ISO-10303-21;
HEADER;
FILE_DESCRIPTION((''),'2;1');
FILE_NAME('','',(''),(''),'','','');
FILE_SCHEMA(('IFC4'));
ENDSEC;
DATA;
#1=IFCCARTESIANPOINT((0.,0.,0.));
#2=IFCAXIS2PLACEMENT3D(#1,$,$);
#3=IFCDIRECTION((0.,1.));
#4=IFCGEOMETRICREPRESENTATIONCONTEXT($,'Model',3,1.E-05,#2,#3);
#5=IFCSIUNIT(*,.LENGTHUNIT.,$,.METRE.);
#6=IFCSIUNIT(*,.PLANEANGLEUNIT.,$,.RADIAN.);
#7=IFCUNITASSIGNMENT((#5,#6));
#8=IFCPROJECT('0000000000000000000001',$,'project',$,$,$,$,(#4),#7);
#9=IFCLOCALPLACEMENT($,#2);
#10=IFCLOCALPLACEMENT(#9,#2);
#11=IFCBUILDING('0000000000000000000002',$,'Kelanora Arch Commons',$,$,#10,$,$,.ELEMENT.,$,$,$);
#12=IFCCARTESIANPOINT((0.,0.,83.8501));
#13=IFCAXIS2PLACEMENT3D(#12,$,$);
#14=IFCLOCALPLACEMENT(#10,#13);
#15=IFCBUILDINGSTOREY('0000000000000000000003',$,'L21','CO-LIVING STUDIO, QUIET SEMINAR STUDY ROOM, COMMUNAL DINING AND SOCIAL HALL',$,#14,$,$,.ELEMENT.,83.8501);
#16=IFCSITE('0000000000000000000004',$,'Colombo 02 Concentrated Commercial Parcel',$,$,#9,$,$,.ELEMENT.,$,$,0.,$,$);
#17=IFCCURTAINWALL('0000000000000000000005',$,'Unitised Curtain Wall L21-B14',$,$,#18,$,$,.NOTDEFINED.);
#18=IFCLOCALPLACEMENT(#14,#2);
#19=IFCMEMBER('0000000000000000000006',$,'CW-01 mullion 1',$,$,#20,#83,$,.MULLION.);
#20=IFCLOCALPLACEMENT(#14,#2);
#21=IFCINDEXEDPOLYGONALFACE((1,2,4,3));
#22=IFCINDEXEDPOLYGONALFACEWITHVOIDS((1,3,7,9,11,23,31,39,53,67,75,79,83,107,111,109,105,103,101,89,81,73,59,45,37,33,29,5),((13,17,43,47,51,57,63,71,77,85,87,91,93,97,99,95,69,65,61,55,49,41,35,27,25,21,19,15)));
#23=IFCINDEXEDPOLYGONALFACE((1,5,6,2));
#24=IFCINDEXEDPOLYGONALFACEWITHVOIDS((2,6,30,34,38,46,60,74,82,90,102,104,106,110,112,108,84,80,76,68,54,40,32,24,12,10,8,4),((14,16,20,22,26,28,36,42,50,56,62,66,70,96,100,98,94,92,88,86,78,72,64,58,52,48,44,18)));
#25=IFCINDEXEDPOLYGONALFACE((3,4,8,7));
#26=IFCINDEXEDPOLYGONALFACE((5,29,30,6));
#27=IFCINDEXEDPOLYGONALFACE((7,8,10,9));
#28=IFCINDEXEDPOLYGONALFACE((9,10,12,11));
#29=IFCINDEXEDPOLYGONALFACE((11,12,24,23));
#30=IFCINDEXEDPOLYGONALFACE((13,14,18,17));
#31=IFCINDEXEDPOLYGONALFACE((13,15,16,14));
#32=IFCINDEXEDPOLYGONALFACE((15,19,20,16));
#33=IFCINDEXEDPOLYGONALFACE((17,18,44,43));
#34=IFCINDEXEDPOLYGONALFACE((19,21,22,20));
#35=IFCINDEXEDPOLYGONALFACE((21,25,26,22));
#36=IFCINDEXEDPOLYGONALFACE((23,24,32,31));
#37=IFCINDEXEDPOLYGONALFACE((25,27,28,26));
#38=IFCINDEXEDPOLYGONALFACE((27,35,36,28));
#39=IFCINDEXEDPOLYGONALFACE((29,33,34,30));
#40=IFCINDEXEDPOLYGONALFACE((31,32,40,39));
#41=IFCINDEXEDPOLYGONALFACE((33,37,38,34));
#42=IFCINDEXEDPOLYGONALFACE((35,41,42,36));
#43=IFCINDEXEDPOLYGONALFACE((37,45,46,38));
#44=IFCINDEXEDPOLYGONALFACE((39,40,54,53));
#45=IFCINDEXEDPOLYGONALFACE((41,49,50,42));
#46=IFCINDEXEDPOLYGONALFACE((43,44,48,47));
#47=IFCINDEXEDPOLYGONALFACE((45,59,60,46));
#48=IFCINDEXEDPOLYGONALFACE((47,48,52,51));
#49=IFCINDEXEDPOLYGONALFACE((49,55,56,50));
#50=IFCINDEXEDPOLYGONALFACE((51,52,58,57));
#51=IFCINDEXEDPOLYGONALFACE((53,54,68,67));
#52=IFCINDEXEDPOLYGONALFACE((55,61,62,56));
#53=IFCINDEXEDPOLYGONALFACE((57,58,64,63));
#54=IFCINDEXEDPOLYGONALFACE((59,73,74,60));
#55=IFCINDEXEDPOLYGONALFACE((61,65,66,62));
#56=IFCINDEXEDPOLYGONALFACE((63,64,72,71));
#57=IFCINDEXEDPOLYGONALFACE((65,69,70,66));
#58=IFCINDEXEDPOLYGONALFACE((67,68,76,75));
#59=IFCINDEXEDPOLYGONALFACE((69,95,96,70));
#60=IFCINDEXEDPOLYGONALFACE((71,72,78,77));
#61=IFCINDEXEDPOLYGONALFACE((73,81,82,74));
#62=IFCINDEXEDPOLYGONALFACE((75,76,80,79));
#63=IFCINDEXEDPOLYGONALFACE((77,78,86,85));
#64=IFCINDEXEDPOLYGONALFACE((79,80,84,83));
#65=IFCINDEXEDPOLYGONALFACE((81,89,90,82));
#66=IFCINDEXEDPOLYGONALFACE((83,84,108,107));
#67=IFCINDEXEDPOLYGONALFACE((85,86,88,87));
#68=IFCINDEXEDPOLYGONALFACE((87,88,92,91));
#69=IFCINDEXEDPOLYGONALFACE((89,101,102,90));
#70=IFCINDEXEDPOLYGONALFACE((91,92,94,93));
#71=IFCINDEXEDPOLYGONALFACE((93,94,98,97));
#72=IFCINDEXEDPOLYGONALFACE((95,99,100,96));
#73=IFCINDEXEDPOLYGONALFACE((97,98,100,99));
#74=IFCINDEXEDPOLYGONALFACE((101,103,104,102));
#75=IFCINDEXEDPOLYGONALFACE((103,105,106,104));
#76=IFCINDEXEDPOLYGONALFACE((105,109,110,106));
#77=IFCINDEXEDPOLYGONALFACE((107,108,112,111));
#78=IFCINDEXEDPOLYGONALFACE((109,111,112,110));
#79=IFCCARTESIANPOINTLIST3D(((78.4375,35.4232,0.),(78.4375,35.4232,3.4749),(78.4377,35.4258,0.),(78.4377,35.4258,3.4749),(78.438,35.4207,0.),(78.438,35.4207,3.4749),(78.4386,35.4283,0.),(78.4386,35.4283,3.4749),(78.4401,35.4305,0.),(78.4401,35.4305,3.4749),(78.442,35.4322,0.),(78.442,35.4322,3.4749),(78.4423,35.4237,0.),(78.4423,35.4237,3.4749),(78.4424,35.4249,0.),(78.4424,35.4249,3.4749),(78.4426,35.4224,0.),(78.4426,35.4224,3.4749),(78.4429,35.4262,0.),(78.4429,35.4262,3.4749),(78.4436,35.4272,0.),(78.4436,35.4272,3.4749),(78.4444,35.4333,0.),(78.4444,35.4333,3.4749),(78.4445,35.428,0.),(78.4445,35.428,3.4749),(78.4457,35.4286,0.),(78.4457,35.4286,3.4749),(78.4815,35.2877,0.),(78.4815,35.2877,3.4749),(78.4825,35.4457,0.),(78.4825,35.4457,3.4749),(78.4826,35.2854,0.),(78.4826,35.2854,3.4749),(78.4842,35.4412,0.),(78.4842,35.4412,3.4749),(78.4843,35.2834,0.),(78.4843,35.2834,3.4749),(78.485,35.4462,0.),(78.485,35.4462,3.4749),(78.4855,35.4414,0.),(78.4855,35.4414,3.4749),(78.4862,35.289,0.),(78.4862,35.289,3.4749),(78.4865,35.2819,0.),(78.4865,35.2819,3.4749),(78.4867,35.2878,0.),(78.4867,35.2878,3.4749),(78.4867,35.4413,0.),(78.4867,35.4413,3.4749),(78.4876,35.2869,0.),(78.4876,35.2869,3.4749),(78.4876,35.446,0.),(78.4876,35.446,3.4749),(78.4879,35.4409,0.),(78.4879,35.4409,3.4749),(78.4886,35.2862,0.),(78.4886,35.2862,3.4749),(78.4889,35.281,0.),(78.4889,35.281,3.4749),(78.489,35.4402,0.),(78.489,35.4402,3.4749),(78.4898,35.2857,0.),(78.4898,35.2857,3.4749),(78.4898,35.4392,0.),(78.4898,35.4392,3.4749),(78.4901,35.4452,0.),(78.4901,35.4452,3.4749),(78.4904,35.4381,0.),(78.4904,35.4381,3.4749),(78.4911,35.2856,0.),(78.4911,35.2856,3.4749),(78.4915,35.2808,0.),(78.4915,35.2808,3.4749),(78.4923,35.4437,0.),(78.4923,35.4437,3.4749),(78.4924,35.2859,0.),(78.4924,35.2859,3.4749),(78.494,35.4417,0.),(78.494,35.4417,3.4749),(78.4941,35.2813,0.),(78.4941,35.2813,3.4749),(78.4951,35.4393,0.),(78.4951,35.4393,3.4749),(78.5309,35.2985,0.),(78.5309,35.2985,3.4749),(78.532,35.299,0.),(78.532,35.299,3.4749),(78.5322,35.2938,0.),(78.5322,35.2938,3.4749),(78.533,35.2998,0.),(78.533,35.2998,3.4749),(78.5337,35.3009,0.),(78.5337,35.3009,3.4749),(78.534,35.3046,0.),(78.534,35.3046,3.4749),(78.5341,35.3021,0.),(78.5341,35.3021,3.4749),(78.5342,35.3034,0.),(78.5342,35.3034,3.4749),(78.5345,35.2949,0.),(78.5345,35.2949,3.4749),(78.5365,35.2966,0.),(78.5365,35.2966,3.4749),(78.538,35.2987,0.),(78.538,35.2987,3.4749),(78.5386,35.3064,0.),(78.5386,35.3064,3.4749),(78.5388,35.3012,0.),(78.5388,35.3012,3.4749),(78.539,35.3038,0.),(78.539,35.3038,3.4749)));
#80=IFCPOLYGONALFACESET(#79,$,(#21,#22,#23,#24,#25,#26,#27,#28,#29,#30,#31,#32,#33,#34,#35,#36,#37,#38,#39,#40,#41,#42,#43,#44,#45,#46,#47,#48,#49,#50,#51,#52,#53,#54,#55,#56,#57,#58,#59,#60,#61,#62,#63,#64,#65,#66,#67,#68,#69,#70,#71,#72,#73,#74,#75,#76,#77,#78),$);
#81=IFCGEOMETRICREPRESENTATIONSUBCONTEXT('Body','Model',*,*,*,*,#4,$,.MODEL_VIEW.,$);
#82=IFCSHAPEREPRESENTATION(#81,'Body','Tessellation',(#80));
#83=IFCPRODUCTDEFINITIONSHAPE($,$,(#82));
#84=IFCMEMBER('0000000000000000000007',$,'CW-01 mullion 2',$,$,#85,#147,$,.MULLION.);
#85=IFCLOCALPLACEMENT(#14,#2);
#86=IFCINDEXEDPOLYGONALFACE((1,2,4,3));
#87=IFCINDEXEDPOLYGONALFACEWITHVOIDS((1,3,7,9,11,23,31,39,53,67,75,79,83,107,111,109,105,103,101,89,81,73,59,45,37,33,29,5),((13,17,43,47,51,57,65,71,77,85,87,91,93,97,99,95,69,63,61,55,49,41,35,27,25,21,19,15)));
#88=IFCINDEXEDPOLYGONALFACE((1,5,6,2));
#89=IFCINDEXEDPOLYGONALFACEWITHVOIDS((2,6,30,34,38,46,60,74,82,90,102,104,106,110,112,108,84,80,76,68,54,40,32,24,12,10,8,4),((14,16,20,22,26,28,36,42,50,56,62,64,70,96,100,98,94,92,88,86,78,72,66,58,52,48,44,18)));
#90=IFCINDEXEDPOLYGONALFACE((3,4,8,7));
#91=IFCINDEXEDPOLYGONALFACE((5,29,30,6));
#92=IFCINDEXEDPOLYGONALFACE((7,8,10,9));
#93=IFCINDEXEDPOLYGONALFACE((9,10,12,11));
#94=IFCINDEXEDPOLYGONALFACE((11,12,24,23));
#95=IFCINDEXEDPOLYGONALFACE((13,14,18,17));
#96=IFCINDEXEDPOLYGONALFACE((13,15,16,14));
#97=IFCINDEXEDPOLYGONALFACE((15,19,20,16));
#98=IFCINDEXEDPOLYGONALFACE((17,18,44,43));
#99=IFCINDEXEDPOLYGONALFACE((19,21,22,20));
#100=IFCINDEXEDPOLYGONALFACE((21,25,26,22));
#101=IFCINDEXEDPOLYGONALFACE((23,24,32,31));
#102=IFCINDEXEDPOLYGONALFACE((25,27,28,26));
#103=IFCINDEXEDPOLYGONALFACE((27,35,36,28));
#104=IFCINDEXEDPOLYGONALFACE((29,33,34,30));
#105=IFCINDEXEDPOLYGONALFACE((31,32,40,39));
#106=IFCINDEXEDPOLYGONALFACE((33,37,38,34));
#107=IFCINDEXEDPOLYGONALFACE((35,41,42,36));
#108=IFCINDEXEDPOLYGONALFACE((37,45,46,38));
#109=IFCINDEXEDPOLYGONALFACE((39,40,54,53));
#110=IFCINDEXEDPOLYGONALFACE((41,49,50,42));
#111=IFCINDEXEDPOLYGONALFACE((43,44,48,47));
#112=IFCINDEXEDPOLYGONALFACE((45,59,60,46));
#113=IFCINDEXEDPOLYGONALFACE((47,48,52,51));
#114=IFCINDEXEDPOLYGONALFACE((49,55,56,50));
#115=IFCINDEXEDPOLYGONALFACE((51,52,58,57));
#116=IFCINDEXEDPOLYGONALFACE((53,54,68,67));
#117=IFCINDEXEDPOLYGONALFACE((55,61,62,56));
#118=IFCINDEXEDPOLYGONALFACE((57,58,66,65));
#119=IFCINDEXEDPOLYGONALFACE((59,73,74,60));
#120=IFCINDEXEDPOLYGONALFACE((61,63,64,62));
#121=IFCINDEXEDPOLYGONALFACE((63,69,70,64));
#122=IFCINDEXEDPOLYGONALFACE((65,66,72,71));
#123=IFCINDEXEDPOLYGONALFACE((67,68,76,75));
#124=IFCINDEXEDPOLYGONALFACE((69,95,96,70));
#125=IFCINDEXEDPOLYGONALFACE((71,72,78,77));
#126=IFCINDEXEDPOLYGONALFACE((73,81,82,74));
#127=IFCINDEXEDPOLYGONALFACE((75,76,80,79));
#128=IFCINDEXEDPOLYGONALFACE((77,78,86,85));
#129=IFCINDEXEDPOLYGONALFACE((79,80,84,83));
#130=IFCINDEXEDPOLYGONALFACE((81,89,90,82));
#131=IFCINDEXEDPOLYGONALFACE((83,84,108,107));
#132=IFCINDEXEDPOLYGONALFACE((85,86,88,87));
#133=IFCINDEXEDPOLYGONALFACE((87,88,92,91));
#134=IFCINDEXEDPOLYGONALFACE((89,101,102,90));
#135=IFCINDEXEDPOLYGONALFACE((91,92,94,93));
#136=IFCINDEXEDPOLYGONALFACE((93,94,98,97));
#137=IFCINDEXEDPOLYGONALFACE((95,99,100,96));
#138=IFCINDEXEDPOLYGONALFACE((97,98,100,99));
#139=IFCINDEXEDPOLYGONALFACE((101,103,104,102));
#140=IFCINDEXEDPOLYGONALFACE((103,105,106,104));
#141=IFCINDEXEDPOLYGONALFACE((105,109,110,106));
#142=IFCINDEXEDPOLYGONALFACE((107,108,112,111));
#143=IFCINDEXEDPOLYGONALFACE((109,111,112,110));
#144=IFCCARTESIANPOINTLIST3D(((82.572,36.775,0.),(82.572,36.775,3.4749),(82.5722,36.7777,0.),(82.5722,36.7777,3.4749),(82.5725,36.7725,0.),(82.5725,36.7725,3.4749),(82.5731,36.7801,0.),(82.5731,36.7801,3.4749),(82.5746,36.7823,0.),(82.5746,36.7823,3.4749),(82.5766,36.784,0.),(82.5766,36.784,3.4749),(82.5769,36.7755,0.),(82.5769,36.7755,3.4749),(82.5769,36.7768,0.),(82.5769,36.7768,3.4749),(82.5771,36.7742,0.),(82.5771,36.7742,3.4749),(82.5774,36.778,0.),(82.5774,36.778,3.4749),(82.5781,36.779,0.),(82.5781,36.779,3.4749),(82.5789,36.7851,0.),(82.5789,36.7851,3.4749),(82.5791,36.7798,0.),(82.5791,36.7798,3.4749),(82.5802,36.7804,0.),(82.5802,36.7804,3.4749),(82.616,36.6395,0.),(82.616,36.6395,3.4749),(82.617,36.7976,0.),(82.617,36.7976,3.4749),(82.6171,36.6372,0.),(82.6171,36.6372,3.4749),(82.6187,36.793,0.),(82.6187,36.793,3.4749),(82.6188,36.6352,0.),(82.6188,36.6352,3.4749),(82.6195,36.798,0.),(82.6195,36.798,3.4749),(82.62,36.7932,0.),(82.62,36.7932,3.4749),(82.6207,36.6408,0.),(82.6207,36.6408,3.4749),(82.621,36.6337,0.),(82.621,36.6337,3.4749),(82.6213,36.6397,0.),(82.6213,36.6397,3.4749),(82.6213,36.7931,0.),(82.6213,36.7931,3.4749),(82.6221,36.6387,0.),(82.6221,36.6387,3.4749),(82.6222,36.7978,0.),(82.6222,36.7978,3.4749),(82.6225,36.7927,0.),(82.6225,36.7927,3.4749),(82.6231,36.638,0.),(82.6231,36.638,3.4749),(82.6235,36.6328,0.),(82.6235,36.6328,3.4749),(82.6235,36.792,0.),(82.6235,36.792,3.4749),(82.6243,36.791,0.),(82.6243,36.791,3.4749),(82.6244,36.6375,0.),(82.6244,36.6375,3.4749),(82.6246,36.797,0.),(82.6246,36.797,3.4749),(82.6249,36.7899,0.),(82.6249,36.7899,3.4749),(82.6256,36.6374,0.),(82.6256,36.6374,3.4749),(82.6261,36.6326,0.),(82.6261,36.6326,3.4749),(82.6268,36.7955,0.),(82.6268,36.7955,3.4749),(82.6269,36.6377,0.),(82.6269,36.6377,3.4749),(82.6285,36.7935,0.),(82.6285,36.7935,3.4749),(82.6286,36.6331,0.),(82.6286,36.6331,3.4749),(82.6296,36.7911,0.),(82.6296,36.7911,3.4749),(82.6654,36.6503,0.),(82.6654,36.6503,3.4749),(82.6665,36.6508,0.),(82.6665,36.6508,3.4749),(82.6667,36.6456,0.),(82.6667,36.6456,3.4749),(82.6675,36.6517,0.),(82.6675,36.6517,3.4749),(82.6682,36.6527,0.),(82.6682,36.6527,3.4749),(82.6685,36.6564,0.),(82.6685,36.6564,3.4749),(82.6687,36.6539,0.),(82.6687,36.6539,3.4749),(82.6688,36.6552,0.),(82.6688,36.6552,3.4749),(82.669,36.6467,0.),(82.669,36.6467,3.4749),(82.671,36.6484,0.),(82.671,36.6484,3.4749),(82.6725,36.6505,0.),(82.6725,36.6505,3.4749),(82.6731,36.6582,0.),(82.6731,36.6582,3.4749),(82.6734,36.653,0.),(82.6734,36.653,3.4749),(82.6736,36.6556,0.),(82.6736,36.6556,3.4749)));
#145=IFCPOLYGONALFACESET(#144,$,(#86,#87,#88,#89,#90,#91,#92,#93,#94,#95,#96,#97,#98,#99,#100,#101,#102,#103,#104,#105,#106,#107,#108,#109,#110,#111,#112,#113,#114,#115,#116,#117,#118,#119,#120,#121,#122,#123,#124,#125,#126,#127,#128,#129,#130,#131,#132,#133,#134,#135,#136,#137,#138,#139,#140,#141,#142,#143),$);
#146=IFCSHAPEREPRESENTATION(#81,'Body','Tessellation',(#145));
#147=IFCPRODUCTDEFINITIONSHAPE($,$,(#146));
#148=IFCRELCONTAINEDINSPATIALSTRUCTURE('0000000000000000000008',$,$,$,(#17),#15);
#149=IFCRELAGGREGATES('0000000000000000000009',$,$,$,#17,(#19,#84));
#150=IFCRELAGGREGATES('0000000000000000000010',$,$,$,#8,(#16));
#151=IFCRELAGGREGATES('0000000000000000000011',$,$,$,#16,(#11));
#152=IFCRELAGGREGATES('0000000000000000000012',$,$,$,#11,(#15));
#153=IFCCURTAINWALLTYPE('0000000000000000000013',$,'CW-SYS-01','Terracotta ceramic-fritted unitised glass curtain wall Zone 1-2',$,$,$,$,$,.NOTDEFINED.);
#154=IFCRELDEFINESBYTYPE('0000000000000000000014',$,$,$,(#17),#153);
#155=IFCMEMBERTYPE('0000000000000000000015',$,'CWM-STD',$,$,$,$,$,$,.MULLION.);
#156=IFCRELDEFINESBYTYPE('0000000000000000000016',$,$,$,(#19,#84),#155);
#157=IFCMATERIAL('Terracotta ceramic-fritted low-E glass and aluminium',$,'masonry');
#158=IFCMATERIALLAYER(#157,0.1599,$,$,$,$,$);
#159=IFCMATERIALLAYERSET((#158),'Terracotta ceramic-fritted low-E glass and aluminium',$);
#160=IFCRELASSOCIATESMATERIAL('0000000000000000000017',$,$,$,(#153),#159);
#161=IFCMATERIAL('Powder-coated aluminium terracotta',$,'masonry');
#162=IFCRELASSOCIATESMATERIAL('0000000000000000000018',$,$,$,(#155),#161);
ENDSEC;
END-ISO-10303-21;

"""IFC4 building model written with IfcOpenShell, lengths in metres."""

from ifc_helpers import new_model, si_unit, direction, frame, origin, origin_2d, place, context, subcontext, project, spatial, hollow_rectangle, extrude, material, layer, layer_set, material_profile, profile_set, type_object, element, aggregate, save


model = new_model("IFC4")

# Units and contexts
model_context = context("Model", 3, precision=1e-05, world=origin(), true_north=direction((0.0, 1.0)))
body_context = subcontext(model_context, "Body", "Model", "MODEL_VIEW")
ifc_project = project(units=[si_unit("LENGTHUNIT", "METRE"), si_unit("PLANEANGLEUNIT", "RADIAN")], contexts=[model_context])

# Site, building, storey
site_placement = place(None, origin())
site = spatial("IfcSite", under=ifc_project, at=site_placement, Name="Colombo 02 Concentrated Commercial Parcel", CompositionType="ELEMENT", RefElevation=0.0)
building_placement = place(site_placement, origin())
building = spatial("IfcBuilding", under=site, at=building_placement, Name="Kelanora Arch Commons", CompositionType="ELEMENT")
storey_placement = place(building_placement, frame((0.0, 0.0, 83.8501)))
storey = spatial("IfcBuildingStorey", under=building, at=storey_placement, Name="L21", Description="CO-LIVING STUDIO, QUIET SEMINAR STUDY ROOM, COMMUNAL DINING AND SOCIAL HALL", CompositionType="ELEMENT", Elevation=83.8501)

# Curtain wall, members
ifc_material_1 = material(Name="Terracotta ceramic-fritted low-E glass and aluminium", Category="masonry")
ifc_layer_1 = layer(ifc_material_1, 0.1599)
ifc_layer_set_1 = layer_set([ifc_layer_1], Name="Terracotta ceramic-fritted low-E glass and aluminium")
curtain_wall_type = type_object("IfcCurtainWallType", Name="CW-SYS-01", Description="Terracotta ceramic-fritted unitised glass curtain wall Zone 1-2", PredefinedType="NOTDEFINED", material=ifc_layer_set_1)
curtain_wall_placement = place(storey_placement, origin())
curtain_wall = element("IfcCurtainWall", 1, at=curtain_wall_placement, inside=storey, type_object=curtain_wall_type, Name="Unitised Curtain Wall L21-B14", PredefinedType="NOTDEFINED")
ifc_material_2 = material(Name="Powder-coated aluminium terracotta", Category="masonry")
ifc_material_profile_1 = material_profile(ifc_material_2, hollow_rectangle(XDim=0.1599, YDim=0.0601, WallThickness=0.0049, InnerFilletRadius=0.0049, OuterFilletRadius=0.01, at=origin_2d()), Name="CWM160x60")
ifc_profile_set_1 = profile_set([ifc_material_profile_1], Name="Powder-coated aluminium terracotta")
member_type_1 = type_object("IfcMemberType", Name="CWM-STD", PredefinedType="MULLION", material=ifc_profile_set_1)
member_1_placement = place(storey_placement, frame((78.4883, 35.3635, 0.0), z_axis=(0.0, 0.0, 1.0), x_axis=(-0.310805, 0.950474, 0.0)))
member_1 = element("IfcMember", 2, at=member_1_placement, type_object=member_type_1, Name="CW-01 mullion 1", PredefinedType="MULLION", context=body_context, shape_type="SweptSolid", body=[
    extrude(hollow_rectangle(XDim=0.1599, YDim=0.0601, WallThickness=0.0049, InnerFilletRadius=0.0049, OuterFilletRadius=0.01, at=origin_2d()), origin(), (0.0, 0.0, 1.0), 3.4749),
])
member_2_placement = place(storey_placement, frame((82.6228, 36.7153, 0.0), z_axis=(0.0, 0.0, 1.0), x_axis=(-0.310805, 0.950474, 0.0)))
member_2 = element("IfcMember", 3, at=member_2_placement, type_object=member_type_1, Name="CW-01 mullion 2", PredefinedType="MULLION", context=body_context, shape_type="SweptSolid", body=[
    extrude(hollow_rectangle(XDim=0.1599, YDim=0.0601, WallThickness=0.0049, InnerFilletRadius=0.0049, OuterFilletRadius=0.01, at=origin_2d()), origin(), (0.0, 0.0, 1.0), 3.4749),
])
aggregate(curtain_wall, [member_1, member_2])

save(model, "model.ifc")
